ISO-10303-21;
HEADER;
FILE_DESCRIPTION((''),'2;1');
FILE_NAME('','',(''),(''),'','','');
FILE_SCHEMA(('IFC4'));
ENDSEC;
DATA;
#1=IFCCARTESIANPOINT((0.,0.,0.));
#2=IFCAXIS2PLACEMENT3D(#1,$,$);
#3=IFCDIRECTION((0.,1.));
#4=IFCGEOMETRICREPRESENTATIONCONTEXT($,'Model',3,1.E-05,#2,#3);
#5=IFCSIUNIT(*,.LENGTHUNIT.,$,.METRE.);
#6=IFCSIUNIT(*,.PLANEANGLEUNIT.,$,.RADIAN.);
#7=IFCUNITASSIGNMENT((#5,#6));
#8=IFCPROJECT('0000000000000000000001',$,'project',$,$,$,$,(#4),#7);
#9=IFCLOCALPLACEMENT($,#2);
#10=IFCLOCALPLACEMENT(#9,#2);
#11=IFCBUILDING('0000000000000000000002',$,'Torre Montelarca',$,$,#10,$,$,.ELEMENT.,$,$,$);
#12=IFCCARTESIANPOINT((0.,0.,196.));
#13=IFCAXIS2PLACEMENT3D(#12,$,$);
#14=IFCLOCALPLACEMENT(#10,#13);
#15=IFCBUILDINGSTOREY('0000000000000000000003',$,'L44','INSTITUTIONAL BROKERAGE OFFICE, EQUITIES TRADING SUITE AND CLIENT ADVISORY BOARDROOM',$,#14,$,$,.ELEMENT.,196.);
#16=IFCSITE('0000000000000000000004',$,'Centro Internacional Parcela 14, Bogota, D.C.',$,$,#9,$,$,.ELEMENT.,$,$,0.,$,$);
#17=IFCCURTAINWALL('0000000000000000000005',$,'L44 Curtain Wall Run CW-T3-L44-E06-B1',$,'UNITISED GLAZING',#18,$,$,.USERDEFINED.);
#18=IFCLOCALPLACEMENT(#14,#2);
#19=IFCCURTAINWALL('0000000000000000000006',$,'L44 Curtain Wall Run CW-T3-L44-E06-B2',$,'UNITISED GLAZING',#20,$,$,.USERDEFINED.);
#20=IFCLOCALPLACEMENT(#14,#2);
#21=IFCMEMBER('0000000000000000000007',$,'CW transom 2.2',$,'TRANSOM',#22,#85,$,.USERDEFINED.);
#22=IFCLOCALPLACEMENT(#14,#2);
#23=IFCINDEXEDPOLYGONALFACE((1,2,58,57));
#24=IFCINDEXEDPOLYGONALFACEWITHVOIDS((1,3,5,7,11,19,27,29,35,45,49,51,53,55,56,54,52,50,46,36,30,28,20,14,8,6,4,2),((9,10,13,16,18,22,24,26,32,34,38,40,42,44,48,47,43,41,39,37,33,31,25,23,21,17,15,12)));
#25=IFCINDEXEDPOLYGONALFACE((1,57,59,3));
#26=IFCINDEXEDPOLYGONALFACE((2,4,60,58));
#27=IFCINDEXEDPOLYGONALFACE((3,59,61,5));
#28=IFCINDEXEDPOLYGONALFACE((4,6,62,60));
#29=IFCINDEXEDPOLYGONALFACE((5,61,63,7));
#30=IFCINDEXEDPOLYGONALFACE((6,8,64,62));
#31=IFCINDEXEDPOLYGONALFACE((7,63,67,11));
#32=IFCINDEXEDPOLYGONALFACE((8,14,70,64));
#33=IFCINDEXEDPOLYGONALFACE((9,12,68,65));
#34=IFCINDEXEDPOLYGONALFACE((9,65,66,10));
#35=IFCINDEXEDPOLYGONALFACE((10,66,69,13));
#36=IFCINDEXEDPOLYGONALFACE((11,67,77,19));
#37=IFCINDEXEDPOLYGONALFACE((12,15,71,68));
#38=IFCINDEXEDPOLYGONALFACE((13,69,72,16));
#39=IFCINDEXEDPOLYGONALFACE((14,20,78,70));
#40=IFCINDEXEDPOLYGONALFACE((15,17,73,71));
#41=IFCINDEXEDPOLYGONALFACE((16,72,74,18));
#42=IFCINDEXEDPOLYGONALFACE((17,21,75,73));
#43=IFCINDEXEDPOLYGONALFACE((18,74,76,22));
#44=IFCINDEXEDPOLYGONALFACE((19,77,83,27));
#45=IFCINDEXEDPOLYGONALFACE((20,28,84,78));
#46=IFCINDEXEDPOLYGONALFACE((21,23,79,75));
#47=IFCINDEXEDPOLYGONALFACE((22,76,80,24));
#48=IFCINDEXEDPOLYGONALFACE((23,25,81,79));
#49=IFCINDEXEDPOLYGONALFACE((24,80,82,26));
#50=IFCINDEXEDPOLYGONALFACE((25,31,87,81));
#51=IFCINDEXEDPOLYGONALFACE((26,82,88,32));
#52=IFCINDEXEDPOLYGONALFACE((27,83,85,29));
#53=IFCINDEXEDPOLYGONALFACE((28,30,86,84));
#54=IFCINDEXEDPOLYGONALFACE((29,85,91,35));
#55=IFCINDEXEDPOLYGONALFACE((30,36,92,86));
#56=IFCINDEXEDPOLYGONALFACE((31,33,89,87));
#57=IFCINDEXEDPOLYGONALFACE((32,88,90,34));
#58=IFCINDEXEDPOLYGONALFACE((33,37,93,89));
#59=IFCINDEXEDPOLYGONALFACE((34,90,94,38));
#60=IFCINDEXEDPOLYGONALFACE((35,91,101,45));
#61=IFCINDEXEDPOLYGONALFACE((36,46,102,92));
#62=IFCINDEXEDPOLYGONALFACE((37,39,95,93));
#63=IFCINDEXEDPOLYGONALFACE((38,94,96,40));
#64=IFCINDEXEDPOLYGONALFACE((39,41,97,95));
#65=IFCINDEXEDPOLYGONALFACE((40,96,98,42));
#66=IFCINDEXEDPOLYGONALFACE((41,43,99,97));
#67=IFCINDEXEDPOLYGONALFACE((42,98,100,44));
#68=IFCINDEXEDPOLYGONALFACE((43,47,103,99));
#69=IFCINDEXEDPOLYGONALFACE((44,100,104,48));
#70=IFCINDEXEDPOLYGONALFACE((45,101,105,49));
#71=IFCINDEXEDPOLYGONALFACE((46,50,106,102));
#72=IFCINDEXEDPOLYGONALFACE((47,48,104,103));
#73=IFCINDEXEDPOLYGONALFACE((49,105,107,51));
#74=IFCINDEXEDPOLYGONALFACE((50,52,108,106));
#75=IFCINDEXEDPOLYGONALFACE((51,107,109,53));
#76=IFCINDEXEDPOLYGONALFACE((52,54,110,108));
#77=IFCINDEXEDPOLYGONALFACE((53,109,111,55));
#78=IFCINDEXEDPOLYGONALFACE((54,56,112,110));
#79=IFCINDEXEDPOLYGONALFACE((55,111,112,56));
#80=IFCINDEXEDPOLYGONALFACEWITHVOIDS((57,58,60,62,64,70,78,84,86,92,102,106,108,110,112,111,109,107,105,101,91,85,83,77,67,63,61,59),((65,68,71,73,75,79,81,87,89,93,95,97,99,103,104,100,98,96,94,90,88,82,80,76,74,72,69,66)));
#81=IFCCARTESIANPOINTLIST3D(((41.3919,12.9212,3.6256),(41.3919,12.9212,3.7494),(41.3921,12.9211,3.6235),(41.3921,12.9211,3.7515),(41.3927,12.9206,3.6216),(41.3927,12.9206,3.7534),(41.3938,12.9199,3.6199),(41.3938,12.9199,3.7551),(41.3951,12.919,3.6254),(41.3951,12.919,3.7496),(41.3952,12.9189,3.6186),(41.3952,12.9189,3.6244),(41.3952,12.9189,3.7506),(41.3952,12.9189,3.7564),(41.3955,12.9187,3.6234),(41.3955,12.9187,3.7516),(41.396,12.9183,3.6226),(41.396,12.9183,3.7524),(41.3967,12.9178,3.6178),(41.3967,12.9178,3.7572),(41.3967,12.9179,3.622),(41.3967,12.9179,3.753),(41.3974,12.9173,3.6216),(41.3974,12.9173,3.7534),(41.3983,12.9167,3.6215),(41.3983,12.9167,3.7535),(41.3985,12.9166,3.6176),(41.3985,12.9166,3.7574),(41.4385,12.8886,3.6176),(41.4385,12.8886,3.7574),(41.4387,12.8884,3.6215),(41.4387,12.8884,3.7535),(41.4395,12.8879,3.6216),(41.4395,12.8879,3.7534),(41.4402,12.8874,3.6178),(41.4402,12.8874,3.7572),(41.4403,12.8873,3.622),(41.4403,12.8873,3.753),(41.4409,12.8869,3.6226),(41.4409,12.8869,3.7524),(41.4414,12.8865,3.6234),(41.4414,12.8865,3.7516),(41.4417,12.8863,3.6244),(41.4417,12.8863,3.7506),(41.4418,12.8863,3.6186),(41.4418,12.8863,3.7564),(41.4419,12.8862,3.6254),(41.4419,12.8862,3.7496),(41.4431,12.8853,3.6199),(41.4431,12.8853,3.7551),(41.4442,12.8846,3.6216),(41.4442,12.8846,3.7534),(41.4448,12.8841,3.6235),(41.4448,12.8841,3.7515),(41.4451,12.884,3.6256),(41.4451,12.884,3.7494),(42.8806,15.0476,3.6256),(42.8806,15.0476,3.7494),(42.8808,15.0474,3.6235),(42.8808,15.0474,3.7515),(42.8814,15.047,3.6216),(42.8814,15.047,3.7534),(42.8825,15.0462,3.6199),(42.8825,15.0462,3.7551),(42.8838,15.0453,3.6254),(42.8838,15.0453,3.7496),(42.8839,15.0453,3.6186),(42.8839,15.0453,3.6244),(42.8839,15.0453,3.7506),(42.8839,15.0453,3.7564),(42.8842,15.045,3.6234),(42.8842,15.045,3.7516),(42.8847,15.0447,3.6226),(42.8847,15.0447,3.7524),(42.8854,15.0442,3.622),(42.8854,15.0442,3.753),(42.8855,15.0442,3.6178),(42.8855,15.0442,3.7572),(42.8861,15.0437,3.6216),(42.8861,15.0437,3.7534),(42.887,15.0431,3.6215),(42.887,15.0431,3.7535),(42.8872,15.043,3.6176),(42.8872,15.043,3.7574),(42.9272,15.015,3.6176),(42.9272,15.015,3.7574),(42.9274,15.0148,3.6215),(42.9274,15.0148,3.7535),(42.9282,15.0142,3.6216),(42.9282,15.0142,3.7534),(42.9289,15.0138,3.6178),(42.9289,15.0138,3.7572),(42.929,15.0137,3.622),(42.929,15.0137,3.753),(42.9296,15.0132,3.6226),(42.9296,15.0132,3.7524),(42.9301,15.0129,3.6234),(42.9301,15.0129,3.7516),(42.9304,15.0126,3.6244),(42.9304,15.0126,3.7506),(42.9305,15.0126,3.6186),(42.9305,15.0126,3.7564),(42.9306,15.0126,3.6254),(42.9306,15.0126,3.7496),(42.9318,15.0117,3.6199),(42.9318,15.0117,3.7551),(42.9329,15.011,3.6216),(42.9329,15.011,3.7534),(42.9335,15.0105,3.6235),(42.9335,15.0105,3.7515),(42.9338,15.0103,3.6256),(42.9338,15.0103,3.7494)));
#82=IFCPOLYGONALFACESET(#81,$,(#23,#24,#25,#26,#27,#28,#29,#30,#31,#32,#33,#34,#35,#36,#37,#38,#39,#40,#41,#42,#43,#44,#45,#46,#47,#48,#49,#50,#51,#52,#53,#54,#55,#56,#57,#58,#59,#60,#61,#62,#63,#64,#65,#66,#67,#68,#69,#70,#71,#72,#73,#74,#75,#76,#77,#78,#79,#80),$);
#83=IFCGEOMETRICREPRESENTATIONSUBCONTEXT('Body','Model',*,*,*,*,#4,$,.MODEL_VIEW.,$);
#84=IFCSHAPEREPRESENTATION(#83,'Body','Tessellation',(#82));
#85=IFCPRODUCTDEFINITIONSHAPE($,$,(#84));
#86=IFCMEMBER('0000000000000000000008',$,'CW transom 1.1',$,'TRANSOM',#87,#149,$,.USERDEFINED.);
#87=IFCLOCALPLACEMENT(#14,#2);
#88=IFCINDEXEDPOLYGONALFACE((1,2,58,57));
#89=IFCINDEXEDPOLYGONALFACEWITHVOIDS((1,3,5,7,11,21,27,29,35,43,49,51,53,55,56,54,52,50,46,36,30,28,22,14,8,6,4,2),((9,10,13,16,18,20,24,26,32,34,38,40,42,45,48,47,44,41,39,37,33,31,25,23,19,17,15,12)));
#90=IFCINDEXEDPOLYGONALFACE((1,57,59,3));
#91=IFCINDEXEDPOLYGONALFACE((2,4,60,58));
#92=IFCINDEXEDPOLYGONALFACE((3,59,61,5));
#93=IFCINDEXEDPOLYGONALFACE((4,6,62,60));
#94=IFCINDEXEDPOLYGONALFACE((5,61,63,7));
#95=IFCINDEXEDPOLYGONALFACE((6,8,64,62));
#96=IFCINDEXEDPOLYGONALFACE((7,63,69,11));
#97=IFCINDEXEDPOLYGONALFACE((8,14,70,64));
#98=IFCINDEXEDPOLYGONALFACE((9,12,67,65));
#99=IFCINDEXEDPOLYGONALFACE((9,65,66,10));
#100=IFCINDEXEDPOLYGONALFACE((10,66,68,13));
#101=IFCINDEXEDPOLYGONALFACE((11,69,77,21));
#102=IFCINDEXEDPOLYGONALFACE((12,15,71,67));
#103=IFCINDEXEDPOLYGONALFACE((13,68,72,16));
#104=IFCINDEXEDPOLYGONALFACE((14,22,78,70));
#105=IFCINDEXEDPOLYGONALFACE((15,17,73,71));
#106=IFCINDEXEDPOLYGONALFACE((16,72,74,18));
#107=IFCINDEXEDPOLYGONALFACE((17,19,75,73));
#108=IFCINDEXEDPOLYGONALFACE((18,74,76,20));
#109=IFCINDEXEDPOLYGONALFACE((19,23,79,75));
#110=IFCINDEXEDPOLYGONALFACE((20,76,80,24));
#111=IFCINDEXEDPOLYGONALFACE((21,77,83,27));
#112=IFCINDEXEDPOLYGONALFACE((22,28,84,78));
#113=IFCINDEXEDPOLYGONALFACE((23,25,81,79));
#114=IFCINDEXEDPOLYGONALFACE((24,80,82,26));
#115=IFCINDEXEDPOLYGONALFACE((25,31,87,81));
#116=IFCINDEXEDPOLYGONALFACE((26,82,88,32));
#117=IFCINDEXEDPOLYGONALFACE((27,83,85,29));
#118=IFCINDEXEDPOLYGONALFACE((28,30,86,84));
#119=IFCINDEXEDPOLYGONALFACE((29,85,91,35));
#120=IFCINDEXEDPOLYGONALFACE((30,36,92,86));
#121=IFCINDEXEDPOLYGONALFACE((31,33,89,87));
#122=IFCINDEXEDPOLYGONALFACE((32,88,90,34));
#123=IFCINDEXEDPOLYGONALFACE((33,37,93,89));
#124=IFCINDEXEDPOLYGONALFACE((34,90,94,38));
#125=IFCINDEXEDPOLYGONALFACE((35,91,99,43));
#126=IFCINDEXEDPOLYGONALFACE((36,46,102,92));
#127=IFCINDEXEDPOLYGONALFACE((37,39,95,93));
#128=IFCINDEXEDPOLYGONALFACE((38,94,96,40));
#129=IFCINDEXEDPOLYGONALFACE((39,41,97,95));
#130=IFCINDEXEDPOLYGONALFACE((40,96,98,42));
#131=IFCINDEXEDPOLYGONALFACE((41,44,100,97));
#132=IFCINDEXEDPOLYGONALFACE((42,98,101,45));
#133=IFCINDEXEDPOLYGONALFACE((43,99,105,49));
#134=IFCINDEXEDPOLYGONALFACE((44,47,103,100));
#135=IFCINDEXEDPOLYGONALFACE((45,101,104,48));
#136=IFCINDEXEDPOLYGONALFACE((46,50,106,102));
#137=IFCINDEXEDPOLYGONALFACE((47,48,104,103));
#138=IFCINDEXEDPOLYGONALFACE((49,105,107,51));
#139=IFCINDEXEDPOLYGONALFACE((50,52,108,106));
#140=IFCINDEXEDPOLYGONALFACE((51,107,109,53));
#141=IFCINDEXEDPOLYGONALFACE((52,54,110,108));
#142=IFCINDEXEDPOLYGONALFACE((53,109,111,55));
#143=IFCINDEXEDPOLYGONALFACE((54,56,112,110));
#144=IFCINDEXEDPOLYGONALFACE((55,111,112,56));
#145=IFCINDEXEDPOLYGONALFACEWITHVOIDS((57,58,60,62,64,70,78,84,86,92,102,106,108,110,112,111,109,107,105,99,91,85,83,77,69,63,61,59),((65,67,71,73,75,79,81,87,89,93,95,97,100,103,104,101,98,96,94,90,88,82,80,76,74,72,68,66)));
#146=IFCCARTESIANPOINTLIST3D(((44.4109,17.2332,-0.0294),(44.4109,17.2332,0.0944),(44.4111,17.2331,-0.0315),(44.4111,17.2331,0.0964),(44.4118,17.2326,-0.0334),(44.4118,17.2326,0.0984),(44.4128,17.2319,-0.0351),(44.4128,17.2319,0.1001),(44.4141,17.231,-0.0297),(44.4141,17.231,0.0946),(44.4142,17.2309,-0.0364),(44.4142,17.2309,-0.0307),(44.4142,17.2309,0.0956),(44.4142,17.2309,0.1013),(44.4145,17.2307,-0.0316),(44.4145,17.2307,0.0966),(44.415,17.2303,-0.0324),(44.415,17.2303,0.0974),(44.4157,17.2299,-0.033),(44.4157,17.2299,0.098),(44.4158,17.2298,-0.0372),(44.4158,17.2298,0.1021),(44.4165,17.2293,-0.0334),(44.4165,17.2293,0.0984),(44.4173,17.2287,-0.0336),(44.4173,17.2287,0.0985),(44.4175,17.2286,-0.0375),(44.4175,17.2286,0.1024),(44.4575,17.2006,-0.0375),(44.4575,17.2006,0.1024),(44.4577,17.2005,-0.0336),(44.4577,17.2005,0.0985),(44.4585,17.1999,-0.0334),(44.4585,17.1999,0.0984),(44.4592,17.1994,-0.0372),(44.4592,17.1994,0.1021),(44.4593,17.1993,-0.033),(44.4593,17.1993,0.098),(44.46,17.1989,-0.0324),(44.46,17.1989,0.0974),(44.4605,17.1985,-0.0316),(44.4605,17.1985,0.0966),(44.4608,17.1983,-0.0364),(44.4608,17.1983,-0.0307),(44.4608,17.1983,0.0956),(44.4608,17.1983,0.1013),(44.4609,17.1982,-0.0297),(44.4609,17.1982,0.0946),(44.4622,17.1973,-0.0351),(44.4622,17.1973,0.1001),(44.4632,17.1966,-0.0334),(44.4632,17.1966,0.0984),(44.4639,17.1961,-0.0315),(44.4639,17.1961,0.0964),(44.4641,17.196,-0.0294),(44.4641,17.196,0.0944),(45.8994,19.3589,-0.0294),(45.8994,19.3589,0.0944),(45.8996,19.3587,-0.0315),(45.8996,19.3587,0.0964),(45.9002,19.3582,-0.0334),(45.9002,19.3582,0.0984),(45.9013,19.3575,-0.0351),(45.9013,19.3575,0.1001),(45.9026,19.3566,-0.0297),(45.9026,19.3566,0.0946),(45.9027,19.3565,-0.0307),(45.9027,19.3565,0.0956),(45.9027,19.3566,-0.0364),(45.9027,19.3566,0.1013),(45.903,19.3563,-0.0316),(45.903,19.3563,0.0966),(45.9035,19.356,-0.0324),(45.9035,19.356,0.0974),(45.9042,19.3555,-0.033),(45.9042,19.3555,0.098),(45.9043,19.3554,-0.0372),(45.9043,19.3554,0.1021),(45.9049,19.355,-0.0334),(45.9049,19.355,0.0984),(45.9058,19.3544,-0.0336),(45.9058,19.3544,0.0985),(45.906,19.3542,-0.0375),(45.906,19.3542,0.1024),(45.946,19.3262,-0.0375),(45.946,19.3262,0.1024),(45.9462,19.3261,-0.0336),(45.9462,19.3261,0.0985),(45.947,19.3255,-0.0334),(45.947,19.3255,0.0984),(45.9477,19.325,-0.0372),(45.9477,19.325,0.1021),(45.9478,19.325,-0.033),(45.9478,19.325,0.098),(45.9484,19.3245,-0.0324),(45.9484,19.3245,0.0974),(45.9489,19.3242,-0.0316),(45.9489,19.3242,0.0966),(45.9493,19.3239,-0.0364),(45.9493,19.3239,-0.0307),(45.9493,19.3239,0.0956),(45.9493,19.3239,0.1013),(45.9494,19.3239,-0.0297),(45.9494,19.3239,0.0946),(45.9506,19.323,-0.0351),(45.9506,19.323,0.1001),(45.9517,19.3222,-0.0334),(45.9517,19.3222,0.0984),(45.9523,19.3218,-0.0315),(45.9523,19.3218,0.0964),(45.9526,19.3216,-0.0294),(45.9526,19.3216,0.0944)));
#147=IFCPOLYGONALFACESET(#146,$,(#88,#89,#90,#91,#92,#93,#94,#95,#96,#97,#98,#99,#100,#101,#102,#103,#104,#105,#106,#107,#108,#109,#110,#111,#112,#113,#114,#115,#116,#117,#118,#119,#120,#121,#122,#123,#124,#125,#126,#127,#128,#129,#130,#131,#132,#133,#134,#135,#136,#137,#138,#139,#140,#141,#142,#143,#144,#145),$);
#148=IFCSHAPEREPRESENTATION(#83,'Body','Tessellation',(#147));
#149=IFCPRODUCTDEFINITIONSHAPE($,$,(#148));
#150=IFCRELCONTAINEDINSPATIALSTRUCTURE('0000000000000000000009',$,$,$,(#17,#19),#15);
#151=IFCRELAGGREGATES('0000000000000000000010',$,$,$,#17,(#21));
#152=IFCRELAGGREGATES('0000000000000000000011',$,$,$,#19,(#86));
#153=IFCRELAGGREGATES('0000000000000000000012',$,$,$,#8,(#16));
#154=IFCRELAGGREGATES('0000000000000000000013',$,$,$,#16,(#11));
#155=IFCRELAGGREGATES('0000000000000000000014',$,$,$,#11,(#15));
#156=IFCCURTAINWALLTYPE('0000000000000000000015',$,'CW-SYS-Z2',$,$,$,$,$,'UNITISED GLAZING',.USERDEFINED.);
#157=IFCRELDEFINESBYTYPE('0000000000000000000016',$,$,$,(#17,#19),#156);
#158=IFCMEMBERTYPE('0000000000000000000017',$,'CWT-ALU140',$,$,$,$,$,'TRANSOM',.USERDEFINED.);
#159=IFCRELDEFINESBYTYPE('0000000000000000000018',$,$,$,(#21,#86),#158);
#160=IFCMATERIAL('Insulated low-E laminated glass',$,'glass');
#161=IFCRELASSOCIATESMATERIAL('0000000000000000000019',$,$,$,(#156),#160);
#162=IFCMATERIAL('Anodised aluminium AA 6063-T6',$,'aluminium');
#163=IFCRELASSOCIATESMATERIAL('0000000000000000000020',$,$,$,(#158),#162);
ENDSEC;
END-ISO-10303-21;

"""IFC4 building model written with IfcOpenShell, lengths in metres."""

from ifc_helpers import new_model, si_unit, direction, frame, origin, origin_2d, place, context, subcontext, project, spatial, hollow_rectangle, extrude, source, transform, mapped, material, material_profile, profile_set, type_object, element, aggregate, save


model = new_model("IFC4")

# Units and contexts
model_context = context("Model", 3, precision=1e-05, world=origin(), true_north=direction((0.0, 1.0)))
body_context = subcontext(model_context, "Body", "Model", "MODEL_VIEW")
ifc_project = project(units=[si_unit("LENGTHUNIT", "METRE"), si_unit("PLANEANGLEUNIT", "RADIAN")], contexts=[model_context])

# Site, building, storey
site_placement = place(None, origin())
site = spatial("IfcSite", under=ifc_project, at=site_placement, Name="Centro Internacional Parcela 14, Bogota, D.C.", CompositionType="ELEMENT", RefElevation=0.0)
building_placement = place(site_placement, origin())
building = spatial("IfcBuilding", under=site, at=building_placement, Name="Torre Montelarca", CompositionType="ELEMENT")
storey_placement = place(building_placement, frame((0.0, 0.0, 196.0)))
storey = spatial("IfcBuildingStorey", under=building, at=storey_placement, Name="L44", Description="INSTITUTIONAL BROKERAGE OFFICE, EQUITIES TRADING SUITE AND CLIENT ADVISORY BOARDROOM", CompositionType="ELEMENT", Elevation=196.0)

# Shared definitions
ifc_material_1 = material(Name="Insulated low-E laminated glass", Category="glass")
curtain_wall_type = type_object("IfcCurtainWallType", Name="CW-SYS-Z2", ElementType="UNITISED GLAZING", PredefinedType="USERDEFINED", material=ifc_material_1)
ifc_material_2 = material(Name="Anodised aluminium AA 6063-T6", Category="aluminium")
ifc_material_profile_1 = material_profile(ifc_material_2, hollow_rectangle(XDim=0.0649, YDim=0.1399, WallThickness=0.0039, InnerFilletRadius=0.0039, OuterFilletRadius=0.0081, at=origin_2d()), Name="ALU65X140X4", Category="aluminium")
ifc_profile_set_1 = profile_set([ifc_material_profile_1], Name="Anodised aluminium AA 6063-T6")
member_type_1 = type_object("IfcMemberType", Name="CWT-ALU140", ElementType="TRANSOM", PredefinedType="USERDEFINED", material=ifc_profile_set_1)

# Curtain walls
curtain_wall_1_placement = place(storey_placement, origin())
curtain_wall_1 = element("IfcCurtainWall", 1, at=curtain_wall_1_placement, inside=storey, type_object=curtain_wall_type, Name="L44 Curtain Wall Run CW-T3-L44-E06-B1", ObjectType="UNITISED GLAZING", PredefinedType="USERDEFINED")
curtain_wall_2_placement = place(storey_placement, origin())
curtain_wall_2 = element("IfcCurtainWall", 2, at=curtain_wall_2_placement, inside=storey, type_object=curtain_wall_type, Name="L44 Curtain Wall Run CW-T3-L44-E06-B2", ObjectType="UNITISED GLAZING", PredefinedType="USERDEFINED")

# Members
shared_shape_1 = source(origin(), body_context, "Body", "SweptSolid", [
    extrude(hollow_rectangle(XDim=0.0649, YDim=0.1399, WallThickness=0.0039, InnerFilletRadius=0.0039, OuterFilletRadius=0.0081, at=origin_2d()), origin(), (0.0, 0.0, 1.0), 2.5957),
])
member_1_placement = place(storey_placement, frame((41.4185, 12.9026, 3.6875), z_axis=(0.573525, 0.819188, 0.0), x_axis=(-0.819188, 0.573525, 0.0)))
member_1 = element("IfcMember", 3, at=member_1_placement, type_object=member_type_1, Name="CW transom 2.2", ObjectType="TRANSOM", PredefinedType="USERDEFINED", context=body_context, shape_type="MappedRepresentation", body=[
    mapped(shared_shape_1, transform((0.0, 0.0, 0.0), scale=1.0)),
])
shared_shape_2 = source(origin(), body_context, "Body", "SweptSolid", [
    extrude(hollow_rectangle(XDim=0.0649, YDim=0.1399, WallThickness=0.0039, InnerFilletRadius=0.0039, OuterFilletRadius=0.0081, at=origin_2d()), origin(), (0.0, 0.0, 1.0), 2.595),
])
member_2_placement = place(storey_placement, frame((44.4375, 17.2146, 0.0325), z_axis=(0.573595, 0.819139, 0.0), x_axis=(-0.819139, 0.573595, 0.0)))
member_2 = element("IfcMember", 4, at=member_2_placement, type_object=member_type_1, Name="CW transom 1.1", ObjectType="TRANSOM", PredefinedType="USERDEFINED", context=body_context, shape_type="MappedRepresentation", body=[
    mapped(shared_shape_2, transform((0.0, 0.0, 0.0), scale=1.0)),
])

aggregate(curtain_wall_1, [member_1])
aggregate(curtain_wall_2, [member_2])

save(model, "model.ifc")
